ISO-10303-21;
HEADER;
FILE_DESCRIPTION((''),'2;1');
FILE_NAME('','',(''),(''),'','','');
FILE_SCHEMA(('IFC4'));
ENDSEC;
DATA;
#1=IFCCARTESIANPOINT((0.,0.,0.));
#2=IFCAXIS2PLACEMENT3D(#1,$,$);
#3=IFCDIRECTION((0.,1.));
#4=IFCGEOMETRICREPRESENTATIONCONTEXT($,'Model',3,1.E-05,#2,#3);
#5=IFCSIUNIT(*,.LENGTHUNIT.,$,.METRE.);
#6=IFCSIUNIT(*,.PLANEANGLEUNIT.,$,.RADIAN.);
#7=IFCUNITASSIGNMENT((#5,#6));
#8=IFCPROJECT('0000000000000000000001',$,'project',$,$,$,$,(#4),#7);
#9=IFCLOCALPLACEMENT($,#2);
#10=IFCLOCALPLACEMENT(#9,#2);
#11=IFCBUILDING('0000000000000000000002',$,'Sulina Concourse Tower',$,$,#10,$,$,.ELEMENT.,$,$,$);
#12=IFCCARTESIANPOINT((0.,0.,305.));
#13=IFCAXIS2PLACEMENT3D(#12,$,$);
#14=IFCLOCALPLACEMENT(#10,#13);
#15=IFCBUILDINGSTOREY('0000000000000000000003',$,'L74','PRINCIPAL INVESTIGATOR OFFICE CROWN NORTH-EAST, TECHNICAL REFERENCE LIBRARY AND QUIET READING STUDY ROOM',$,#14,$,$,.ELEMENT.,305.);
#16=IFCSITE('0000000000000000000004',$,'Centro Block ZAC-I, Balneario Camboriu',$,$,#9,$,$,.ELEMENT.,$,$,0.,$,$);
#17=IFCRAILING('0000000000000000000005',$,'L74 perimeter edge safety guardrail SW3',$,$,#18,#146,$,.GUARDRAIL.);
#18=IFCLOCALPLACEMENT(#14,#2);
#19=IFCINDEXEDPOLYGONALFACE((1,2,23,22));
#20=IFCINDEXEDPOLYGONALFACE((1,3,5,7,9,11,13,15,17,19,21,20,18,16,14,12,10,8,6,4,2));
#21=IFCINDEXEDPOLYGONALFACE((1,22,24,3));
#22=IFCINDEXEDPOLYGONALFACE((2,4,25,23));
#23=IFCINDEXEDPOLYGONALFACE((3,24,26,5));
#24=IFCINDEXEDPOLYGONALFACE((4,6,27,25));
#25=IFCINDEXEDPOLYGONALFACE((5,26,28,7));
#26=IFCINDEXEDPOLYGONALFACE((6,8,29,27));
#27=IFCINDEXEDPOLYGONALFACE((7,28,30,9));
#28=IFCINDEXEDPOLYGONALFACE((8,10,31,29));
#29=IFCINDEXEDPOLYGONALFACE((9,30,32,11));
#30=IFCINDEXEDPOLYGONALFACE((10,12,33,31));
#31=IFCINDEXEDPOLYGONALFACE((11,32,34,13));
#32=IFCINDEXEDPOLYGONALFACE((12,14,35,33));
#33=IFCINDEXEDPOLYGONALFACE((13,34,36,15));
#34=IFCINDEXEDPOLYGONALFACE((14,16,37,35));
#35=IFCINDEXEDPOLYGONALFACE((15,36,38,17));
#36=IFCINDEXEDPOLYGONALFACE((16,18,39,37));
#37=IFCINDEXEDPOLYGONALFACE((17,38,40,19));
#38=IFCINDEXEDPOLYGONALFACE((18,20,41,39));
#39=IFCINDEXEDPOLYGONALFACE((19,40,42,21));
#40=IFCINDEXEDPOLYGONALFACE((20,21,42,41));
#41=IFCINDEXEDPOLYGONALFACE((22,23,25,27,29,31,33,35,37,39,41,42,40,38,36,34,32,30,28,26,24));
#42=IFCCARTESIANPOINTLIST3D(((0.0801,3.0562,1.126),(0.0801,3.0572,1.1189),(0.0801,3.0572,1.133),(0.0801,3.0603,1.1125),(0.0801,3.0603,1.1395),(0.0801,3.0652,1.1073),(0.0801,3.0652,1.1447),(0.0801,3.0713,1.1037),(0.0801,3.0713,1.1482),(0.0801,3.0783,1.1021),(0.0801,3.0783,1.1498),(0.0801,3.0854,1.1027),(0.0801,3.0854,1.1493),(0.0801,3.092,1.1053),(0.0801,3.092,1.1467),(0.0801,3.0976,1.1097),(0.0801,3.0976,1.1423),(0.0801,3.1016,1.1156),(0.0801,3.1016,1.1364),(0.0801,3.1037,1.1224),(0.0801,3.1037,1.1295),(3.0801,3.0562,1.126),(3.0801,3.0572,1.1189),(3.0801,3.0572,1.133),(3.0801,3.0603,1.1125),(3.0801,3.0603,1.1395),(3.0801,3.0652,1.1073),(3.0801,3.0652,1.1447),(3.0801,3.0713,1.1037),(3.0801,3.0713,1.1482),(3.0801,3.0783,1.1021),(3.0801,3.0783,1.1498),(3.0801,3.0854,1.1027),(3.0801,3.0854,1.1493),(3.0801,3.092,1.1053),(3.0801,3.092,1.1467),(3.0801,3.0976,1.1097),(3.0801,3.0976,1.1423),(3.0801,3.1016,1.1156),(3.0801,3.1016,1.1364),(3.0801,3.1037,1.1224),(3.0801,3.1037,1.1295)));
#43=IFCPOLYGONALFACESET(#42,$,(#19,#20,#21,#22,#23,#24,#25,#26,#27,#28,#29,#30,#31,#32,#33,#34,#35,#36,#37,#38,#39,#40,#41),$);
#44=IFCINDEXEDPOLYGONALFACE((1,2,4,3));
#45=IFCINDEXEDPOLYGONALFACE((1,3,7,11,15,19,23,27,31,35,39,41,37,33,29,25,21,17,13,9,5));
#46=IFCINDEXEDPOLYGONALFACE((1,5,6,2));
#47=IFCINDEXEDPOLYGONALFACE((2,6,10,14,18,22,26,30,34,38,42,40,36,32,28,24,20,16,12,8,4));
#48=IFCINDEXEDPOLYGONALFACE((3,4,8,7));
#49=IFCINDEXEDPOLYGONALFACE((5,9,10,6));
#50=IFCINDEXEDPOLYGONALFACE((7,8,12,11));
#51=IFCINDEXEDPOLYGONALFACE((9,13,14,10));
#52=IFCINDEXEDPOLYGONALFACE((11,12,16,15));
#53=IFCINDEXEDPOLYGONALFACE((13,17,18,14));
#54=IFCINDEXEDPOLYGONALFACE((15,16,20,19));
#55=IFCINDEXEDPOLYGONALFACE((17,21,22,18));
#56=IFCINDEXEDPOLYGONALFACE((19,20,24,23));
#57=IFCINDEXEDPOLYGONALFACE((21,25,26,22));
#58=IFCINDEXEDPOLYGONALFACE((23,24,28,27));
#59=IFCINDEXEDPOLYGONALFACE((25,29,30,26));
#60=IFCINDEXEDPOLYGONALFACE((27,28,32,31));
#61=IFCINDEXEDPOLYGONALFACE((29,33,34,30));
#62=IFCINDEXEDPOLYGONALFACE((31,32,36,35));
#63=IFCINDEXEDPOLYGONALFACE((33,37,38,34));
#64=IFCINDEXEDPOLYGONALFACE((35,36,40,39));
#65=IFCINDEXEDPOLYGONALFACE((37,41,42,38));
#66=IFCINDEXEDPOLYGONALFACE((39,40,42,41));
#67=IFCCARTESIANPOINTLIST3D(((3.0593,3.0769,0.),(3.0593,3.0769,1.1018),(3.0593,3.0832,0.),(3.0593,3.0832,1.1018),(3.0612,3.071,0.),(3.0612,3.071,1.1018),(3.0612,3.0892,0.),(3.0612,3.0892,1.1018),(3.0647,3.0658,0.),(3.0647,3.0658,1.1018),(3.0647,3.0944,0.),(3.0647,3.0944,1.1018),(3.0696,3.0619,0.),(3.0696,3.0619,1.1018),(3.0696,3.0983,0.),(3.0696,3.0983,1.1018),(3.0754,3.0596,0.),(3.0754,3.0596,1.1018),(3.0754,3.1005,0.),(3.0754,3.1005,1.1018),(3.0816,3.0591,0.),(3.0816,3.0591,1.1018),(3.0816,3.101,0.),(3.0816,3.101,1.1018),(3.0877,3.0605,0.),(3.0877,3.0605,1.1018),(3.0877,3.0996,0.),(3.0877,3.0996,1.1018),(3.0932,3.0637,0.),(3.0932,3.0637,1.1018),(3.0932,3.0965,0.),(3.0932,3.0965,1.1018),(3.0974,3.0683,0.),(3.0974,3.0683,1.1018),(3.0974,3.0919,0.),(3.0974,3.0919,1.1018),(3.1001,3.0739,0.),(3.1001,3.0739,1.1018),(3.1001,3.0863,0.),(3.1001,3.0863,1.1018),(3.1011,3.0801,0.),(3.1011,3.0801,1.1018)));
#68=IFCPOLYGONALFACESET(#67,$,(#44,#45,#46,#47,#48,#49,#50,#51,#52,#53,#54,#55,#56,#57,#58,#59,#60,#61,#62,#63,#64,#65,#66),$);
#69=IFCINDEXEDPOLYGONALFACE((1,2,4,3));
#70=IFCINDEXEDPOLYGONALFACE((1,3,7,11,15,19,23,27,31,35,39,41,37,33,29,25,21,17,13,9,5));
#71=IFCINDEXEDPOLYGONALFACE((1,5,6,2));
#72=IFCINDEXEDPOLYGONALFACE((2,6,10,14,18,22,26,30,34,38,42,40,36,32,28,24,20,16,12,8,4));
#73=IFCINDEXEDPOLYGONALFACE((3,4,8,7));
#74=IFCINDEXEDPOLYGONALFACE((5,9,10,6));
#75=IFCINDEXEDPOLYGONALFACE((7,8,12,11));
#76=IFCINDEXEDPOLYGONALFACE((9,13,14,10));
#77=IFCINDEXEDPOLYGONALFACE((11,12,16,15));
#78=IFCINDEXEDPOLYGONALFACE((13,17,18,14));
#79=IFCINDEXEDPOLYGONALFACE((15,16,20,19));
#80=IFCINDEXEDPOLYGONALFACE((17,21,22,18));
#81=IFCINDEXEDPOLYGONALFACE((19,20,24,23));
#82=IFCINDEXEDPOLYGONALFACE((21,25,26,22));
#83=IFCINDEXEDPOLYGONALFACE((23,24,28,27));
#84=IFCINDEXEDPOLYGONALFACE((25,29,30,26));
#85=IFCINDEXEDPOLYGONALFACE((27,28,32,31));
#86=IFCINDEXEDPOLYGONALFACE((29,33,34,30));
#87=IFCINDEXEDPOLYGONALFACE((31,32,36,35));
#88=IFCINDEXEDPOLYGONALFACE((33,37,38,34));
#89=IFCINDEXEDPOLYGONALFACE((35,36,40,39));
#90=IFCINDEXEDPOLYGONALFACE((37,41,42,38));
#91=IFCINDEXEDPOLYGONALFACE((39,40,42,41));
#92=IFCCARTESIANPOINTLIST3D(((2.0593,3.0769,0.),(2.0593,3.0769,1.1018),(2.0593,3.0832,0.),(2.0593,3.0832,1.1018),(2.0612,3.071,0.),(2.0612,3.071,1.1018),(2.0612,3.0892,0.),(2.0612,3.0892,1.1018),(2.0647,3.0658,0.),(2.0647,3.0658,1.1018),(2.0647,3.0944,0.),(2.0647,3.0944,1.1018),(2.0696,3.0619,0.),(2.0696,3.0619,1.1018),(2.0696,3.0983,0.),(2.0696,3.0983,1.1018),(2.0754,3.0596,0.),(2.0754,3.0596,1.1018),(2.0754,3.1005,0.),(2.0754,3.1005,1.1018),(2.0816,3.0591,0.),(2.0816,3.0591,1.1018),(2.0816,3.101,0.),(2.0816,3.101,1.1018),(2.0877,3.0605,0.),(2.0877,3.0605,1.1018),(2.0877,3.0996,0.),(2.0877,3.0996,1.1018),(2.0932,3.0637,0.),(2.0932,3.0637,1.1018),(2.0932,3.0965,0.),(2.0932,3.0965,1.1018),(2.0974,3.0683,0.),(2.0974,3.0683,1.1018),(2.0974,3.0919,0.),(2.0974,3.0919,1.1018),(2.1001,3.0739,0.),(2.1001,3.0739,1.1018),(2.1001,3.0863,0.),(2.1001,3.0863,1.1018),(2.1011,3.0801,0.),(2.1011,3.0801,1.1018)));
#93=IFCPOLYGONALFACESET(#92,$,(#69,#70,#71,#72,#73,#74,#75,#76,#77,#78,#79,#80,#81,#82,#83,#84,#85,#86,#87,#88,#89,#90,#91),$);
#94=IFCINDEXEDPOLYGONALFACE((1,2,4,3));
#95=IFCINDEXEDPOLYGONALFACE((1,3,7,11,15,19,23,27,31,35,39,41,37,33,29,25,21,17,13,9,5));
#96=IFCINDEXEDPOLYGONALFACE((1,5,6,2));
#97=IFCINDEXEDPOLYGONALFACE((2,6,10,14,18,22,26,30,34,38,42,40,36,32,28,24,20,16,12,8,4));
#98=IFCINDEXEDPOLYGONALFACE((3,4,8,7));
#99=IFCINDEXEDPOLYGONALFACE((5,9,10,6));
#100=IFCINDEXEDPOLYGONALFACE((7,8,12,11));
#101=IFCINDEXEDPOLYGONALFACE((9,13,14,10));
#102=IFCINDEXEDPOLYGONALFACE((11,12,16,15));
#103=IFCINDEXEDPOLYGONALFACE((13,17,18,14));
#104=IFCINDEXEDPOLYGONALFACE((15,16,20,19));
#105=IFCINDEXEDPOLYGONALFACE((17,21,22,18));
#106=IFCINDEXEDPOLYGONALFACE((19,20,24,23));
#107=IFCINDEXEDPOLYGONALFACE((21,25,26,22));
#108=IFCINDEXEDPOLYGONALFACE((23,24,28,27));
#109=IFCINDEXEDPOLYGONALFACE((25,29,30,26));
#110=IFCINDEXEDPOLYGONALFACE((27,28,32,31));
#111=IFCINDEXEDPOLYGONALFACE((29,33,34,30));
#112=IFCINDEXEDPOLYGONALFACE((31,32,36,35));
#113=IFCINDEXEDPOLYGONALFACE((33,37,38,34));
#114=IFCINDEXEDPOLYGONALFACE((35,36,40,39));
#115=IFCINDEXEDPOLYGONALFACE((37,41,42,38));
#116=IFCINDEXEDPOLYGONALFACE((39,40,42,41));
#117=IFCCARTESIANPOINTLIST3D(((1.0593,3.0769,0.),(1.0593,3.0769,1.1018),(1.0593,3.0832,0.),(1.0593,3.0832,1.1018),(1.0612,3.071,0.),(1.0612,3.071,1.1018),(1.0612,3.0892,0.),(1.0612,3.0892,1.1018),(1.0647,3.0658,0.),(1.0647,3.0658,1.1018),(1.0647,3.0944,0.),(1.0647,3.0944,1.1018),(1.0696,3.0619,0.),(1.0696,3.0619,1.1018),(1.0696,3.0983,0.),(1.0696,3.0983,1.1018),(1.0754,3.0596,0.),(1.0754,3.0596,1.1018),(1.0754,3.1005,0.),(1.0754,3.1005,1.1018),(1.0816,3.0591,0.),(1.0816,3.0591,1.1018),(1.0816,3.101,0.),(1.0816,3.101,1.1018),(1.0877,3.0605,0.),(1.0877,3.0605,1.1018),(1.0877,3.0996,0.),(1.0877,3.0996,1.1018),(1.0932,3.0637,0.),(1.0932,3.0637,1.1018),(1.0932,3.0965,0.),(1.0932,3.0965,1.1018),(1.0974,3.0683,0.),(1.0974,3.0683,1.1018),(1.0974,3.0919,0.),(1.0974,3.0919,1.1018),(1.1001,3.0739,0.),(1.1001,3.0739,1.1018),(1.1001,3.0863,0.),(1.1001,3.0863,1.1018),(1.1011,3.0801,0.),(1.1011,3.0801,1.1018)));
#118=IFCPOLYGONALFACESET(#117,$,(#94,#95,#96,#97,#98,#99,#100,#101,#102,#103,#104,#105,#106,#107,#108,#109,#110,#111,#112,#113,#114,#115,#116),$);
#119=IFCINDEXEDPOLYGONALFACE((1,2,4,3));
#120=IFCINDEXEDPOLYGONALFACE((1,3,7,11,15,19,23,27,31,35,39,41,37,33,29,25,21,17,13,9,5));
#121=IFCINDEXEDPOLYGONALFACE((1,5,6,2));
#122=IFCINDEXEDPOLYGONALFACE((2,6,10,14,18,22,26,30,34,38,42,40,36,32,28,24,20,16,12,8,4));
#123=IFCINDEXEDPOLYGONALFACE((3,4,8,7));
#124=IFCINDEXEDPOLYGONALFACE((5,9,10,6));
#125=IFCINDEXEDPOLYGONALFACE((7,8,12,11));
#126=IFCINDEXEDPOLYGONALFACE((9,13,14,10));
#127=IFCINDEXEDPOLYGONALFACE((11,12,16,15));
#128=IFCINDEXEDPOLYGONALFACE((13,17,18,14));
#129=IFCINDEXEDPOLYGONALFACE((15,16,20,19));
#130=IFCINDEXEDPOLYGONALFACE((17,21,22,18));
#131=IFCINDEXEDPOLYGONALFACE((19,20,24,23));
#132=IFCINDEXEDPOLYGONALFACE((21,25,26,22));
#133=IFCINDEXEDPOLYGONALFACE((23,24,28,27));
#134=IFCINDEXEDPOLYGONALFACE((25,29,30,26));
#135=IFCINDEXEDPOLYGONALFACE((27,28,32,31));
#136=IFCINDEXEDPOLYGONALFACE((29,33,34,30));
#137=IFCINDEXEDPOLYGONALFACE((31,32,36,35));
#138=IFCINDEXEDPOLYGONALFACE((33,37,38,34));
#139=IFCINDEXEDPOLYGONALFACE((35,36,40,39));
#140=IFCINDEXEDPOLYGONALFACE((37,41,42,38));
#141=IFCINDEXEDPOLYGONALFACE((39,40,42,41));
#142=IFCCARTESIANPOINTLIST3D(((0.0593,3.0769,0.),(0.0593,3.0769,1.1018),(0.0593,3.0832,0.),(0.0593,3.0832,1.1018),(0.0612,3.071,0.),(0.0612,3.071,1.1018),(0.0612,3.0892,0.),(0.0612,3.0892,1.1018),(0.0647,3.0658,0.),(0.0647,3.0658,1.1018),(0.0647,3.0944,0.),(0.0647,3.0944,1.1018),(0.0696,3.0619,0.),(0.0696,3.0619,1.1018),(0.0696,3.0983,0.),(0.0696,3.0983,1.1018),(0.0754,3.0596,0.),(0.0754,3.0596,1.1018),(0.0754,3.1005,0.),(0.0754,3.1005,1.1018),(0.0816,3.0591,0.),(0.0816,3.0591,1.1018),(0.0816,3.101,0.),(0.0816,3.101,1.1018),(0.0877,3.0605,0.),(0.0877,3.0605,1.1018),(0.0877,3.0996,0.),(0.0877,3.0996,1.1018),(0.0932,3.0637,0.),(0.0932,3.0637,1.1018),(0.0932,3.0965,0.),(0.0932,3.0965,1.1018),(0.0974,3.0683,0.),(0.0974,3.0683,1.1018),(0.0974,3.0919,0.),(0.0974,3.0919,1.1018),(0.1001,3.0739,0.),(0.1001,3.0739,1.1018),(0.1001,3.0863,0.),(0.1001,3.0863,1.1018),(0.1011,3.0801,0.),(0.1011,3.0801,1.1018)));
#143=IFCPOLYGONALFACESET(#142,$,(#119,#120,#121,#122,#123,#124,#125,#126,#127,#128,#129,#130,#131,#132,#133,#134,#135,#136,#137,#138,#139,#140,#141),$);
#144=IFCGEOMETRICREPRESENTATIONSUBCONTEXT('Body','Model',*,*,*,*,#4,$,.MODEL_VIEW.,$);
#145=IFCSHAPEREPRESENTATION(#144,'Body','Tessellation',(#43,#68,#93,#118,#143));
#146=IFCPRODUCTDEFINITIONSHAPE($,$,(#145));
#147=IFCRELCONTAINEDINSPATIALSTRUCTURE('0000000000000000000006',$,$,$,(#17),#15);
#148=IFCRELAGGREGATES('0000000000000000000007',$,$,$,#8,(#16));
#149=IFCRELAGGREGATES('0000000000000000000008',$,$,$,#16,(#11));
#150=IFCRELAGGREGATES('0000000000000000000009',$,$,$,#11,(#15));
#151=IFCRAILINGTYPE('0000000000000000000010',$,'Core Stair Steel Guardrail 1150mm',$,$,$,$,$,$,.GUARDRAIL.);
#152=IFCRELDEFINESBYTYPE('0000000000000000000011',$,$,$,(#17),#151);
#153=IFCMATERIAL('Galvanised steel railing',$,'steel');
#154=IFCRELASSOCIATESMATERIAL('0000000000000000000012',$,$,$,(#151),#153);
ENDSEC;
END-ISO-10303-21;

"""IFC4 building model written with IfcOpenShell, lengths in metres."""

from ifc_helpers import new_model, si_unit, direction, frame, origin, origin_2d, place, context, subcontext, project, spatial, circle, extrude, material, type_object, element, save


model = new_model("IFC4")

# Units and contexts
model_context = context("Model", 3, precision=1e-05, world=origin(), true_north=direction((0.0, 1.0)))
body_context = subcontext(model_context, "Body", "Model", "MODEL_VIEW")
ifc_project = project(units=[si_unit("LENGTHUNIT", "METRE"), si_unit("PLANEANGLEUNIT", "RADIAN")], contexts=[model_context])

# Site, building, storey
site_placement = place(None, origin())
site = spatial("IfcSite", under=ifc_project, at=site_placement, Name="Centro Block ZAC-I, Balneario Camboriu", CompositionType="ELEMENT", RefElevation=0.0)
building_placement = place(site_placement, origin())
building = spatial("IfcBuilding", under=site, at=building_placement, Name="Sulina Concourse Tower", CompositionType="ELEMENT")
storey_placement = place(building_placement, frame((0.0, 0.0, 305.0)))
storey = spatial("IfcBuildingStorey", under=building, at=storey_placement, Name="L74", Description="PRINCIPAL INVESTIGATOR OFFICE CROWN NORTH-EAST, TECHNICAL REFERENCE LIBRARY AND QUIET READING STUDY ROOM", CompositionType="ELEMENT", Elevation=305.0)

# Railing
ifc_material_1 = material(Name="Galvanised steel railing", Category="steel")
railing_type = type_object("IfcRailingType", Name="Core Stair Steel Guardrail 1150mm", PredefinedType="GUARDRAIL", material=ifc_material_1)
railing_1_placement = place(storey_placement, frame((3.0801, 3.0801, 0.0)))
element("IfcRailing", 1, at=railing_1_placement, inside=storey, type_object=railing_type, Name="L74 perimeter edge safety guardrail SW3", PredefinedType="GUARDRAIL", context=body_context, shape_type="SweptSolid", body=[
    extrude(circle(Radius=0.0239, at=origin_2d()), frame((0.0, 0.0, 1.126), z_axis=(-1.0, 0.0, 0.0), x_axis=(0.0, -1.0, 0.0)), (0.0, 0.0, 1.0), 3.0),
    extrude(circle(Radius=0.021, at=origin_2d()), origin(), (0.0, 0.0, 1.0), 1.1018),
    extrude(circle(Radius=0.021, at=origin_2d()), frame((-1.0, 0.0, 0.0)), (0.0, 0.0, 1.0), 1.1018),
    extrude(circle(Radius=0.021, at=origin_2d()), frame((-2.0, 0.0, 0.0)), (0.0, 0.0, 1.0), 1.1018),
    extrude(circle(Radius=0.021, at=origin_2d()), frame((-3.0, 0.0, 0.0)), (0.0, 0.0, 1.0), 1.1018),
])

save(model, "model.ifc")
